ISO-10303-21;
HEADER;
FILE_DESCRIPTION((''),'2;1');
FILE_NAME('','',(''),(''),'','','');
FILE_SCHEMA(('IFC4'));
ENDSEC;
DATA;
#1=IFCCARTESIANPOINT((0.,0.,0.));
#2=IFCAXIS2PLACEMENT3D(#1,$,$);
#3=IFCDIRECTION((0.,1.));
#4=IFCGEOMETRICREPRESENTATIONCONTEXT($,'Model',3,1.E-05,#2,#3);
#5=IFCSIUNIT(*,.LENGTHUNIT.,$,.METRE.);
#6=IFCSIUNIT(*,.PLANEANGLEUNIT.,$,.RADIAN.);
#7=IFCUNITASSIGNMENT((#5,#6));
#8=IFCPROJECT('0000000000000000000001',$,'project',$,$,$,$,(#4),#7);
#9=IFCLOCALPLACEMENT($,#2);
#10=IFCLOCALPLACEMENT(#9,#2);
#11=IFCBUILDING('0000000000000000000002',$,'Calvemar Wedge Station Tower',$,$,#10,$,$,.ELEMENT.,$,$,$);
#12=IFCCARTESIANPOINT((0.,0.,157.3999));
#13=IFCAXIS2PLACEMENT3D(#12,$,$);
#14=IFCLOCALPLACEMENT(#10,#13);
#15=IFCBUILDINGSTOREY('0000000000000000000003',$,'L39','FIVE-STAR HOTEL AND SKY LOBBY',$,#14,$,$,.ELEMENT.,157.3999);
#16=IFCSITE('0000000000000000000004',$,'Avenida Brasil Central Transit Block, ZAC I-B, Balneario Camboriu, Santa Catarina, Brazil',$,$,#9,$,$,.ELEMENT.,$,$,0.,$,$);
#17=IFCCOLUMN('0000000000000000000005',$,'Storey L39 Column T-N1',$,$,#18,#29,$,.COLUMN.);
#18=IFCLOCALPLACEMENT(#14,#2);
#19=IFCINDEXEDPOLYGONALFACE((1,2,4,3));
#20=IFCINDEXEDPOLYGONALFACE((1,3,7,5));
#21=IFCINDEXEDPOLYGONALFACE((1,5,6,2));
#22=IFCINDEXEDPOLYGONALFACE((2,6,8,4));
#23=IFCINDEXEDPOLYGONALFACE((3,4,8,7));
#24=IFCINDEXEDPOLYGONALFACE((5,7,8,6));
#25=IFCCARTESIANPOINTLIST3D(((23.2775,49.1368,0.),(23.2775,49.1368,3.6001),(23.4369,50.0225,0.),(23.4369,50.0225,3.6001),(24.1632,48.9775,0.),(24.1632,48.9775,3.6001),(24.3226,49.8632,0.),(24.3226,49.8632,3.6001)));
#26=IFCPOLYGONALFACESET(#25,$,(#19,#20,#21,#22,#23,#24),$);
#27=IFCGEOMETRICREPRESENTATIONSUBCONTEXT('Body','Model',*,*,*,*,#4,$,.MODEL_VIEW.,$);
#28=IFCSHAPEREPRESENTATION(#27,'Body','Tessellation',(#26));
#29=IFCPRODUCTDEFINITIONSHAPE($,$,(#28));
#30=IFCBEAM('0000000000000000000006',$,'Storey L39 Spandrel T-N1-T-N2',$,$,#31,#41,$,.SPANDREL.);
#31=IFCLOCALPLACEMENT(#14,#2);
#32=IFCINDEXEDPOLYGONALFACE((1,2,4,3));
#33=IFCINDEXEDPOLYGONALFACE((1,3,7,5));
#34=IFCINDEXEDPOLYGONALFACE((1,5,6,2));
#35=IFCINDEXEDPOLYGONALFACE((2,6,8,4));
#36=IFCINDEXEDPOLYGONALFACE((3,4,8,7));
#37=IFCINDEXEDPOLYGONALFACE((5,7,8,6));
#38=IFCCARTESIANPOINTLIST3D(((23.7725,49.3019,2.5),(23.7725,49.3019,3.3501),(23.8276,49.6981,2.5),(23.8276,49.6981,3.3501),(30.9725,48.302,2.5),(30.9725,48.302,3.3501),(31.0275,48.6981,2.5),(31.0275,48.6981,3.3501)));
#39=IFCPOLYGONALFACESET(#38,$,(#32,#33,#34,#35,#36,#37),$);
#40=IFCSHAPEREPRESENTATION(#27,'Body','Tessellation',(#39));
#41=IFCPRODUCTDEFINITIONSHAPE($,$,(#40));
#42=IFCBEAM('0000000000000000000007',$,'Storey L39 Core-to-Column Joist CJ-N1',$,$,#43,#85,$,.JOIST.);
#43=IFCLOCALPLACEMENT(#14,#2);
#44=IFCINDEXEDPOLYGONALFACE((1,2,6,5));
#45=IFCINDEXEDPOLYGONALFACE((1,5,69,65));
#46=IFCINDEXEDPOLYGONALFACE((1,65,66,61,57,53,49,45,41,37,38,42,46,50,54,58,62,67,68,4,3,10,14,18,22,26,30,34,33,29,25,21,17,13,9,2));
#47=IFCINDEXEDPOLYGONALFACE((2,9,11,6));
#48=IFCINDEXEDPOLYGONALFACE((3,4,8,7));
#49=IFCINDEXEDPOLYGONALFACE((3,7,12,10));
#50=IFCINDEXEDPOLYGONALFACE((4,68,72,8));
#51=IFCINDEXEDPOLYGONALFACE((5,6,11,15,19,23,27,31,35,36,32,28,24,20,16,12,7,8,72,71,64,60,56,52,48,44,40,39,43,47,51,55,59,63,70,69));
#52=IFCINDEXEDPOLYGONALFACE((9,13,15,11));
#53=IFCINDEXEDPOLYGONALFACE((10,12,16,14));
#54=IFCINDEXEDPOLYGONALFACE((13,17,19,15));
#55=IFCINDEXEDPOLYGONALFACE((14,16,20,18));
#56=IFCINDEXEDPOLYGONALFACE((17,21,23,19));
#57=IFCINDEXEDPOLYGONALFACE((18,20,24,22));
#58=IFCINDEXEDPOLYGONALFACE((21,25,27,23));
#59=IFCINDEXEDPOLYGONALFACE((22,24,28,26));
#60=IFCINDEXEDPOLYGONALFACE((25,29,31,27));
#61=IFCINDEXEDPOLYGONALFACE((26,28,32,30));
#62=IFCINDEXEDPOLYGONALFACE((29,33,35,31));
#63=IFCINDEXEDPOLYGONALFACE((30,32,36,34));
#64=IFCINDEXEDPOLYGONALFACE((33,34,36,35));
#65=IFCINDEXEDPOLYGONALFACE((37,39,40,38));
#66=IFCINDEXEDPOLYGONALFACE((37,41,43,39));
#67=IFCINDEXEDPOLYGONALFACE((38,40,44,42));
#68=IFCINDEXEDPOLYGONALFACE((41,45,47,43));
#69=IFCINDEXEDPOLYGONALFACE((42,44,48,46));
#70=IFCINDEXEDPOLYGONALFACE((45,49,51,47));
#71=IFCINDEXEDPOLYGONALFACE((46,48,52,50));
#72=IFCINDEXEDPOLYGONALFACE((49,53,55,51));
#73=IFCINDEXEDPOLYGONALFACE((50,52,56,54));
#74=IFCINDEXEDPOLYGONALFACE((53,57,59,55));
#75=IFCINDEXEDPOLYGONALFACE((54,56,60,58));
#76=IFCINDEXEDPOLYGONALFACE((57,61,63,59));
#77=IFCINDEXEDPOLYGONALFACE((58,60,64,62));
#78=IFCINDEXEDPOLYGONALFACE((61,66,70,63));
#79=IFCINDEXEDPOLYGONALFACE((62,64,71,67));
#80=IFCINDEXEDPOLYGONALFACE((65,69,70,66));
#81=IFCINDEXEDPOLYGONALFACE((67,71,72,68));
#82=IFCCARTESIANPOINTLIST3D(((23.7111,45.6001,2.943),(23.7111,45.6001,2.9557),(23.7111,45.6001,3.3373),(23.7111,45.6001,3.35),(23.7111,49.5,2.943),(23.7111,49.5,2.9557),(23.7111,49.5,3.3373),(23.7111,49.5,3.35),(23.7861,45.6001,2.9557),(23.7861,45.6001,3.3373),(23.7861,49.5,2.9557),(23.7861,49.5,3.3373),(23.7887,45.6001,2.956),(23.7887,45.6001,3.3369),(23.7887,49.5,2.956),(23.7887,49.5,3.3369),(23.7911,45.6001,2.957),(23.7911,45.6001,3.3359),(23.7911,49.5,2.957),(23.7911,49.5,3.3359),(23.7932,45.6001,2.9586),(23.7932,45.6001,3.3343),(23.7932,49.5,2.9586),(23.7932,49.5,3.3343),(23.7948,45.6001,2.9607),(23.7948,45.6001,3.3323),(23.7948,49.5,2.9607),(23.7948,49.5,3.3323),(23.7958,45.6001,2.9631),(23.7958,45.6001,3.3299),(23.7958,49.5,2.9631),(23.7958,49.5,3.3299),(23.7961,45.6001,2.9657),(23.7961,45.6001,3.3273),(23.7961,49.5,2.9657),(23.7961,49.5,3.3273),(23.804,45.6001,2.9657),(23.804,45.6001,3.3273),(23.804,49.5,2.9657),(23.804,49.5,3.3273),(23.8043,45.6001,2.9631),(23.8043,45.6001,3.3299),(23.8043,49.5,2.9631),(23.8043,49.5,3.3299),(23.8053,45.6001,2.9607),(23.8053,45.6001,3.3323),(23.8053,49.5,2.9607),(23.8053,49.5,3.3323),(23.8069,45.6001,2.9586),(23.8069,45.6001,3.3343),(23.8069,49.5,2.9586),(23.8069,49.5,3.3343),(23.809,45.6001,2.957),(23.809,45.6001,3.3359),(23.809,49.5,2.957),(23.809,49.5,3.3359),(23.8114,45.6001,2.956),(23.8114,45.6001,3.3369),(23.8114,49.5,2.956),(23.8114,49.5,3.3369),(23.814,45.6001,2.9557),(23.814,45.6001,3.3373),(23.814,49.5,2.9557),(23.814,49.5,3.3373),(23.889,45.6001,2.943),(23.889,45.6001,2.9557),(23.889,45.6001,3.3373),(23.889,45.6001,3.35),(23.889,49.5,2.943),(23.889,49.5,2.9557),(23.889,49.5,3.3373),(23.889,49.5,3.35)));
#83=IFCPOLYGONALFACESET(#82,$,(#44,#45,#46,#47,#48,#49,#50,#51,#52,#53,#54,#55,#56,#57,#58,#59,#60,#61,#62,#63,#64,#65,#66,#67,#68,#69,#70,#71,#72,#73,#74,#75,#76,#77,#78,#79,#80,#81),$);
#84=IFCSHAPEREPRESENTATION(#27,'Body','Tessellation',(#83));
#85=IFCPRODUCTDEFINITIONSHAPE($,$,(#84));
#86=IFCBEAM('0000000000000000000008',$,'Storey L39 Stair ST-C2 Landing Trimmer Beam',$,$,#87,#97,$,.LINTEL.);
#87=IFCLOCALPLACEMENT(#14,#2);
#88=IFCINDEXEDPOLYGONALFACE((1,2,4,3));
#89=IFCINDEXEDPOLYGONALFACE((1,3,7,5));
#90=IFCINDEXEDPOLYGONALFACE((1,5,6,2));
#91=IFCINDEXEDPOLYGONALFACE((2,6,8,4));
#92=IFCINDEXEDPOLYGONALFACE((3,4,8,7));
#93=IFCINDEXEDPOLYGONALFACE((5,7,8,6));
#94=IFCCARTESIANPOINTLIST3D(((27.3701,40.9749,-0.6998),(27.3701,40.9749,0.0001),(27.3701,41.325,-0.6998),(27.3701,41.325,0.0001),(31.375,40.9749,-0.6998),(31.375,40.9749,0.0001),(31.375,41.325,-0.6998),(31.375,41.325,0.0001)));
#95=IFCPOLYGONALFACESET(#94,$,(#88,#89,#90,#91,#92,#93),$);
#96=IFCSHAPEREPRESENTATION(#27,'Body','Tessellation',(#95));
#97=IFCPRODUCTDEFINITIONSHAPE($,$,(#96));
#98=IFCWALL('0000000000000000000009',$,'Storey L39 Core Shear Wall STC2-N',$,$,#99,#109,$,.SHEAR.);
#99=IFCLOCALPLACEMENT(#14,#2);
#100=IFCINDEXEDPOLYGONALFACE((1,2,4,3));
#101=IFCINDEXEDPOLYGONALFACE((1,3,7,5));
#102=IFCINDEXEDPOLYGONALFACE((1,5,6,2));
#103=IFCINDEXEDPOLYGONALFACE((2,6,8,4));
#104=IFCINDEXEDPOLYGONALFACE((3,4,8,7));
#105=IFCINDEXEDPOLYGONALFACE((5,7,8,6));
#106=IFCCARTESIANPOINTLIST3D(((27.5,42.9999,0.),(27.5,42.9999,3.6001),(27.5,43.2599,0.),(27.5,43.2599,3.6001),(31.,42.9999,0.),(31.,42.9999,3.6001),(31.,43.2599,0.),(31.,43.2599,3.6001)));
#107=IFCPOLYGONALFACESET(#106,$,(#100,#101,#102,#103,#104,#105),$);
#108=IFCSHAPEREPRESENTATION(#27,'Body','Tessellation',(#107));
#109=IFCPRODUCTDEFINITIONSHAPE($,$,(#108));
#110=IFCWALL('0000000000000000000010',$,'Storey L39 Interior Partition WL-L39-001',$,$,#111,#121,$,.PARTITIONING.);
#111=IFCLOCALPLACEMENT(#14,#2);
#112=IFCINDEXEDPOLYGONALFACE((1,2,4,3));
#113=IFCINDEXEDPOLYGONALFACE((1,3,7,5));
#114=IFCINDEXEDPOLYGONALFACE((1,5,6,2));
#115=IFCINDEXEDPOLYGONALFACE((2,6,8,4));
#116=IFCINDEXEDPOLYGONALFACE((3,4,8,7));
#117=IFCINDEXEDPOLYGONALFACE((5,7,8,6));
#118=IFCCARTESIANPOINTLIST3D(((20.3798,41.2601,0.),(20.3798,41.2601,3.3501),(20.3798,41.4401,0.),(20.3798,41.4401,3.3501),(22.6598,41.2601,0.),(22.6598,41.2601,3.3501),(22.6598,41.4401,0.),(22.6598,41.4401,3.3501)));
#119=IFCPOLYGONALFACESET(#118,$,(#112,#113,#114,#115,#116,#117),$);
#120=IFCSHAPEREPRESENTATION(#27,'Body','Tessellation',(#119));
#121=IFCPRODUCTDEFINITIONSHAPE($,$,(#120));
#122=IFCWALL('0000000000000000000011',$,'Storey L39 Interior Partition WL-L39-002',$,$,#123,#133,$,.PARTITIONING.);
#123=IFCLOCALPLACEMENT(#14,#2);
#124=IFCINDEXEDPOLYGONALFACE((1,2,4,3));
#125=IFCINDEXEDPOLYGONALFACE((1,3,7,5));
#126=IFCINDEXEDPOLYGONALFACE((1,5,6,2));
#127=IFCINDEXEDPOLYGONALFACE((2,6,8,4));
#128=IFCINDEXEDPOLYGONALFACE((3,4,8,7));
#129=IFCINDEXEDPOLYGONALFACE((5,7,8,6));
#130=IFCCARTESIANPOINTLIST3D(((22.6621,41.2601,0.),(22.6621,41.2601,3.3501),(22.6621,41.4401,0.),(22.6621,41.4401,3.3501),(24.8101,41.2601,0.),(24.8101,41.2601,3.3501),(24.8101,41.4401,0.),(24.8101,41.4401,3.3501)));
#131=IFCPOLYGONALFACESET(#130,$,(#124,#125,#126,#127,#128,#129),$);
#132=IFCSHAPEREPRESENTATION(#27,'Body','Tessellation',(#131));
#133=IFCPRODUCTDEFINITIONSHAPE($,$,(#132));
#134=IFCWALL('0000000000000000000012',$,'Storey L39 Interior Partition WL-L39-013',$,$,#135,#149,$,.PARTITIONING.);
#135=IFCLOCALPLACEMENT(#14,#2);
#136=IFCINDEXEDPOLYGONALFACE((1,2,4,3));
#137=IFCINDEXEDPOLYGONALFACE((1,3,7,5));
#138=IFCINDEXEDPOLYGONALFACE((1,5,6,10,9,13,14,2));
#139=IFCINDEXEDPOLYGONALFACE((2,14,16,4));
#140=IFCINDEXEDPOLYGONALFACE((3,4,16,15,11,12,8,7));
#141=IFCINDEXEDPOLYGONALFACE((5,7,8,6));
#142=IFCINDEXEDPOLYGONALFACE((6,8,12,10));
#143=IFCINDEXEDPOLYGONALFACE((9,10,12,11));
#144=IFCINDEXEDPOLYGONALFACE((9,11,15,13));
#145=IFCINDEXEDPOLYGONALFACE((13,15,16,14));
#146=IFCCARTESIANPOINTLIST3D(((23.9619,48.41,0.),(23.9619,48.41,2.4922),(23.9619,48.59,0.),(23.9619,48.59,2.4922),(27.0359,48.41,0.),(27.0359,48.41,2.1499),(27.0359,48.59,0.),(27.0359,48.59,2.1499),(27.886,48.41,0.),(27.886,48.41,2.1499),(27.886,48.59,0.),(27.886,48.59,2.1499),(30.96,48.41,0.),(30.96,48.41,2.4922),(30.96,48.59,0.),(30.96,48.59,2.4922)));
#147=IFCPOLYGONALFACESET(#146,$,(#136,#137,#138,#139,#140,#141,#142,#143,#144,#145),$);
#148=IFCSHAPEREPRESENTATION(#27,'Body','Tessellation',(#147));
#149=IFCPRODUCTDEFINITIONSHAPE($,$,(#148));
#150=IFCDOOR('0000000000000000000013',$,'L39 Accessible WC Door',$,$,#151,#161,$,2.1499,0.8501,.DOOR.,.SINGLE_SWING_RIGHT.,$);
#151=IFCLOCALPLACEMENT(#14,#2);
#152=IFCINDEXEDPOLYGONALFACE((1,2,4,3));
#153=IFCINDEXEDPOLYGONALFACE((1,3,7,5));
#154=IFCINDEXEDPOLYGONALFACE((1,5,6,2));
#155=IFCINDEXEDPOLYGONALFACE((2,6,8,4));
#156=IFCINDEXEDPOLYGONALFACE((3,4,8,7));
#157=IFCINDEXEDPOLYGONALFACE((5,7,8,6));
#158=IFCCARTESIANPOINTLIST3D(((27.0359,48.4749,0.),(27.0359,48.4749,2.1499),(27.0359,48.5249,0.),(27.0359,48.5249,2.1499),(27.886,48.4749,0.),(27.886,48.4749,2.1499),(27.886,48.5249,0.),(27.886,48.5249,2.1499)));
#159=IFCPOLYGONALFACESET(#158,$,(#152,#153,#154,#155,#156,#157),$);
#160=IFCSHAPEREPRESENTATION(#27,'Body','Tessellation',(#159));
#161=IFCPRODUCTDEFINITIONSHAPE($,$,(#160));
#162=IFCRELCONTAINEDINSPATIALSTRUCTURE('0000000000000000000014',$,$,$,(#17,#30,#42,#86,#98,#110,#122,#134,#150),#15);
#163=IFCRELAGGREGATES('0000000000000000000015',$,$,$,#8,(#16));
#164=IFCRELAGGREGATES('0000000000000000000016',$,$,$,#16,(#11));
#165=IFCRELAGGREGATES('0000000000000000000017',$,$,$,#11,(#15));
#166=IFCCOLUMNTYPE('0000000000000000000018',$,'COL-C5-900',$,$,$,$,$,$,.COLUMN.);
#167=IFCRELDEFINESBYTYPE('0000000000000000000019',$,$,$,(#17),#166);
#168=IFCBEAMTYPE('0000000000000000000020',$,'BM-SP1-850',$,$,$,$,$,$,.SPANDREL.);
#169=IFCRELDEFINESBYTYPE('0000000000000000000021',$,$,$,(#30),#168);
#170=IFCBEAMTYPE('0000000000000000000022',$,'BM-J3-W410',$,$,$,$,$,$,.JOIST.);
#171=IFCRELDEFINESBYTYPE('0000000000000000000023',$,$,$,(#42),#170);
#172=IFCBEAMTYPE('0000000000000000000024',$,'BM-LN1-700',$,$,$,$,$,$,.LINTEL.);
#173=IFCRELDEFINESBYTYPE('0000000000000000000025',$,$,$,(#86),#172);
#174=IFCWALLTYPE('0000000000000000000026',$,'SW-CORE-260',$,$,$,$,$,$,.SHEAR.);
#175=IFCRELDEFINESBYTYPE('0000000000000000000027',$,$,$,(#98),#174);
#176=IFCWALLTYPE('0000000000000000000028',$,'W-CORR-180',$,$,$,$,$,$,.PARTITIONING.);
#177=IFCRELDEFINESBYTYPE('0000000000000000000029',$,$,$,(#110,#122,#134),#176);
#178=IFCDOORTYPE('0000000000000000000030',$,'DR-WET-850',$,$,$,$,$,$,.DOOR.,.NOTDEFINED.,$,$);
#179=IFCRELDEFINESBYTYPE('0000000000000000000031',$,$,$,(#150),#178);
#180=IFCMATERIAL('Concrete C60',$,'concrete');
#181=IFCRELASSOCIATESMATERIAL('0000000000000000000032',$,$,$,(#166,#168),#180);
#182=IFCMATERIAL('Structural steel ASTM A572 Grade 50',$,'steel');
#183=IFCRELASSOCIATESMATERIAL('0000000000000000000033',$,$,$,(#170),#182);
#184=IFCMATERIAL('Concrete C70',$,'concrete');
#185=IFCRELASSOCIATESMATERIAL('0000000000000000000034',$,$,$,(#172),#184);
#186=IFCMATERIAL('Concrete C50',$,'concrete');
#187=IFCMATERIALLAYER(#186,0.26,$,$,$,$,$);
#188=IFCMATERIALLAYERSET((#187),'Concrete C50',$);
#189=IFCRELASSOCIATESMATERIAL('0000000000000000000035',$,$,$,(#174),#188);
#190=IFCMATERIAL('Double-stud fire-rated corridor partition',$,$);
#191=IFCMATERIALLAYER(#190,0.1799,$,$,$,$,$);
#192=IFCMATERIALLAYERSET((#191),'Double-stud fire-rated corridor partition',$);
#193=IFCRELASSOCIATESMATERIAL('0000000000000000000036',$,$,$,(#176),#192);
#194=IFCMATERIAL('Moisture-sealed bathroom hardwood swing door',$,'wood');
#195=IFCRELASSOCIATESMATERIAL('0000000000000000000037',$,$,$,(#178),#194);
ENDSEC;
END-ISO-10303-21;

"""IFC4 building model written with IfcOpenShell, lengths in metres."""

from ifc_helpers import new_model, si_unit, direction, frame, frame_2d, origin, origin_2d, place, context, subcontext, project, spatial, rectangle, i_section, extrude, source, transform, mapped, material, layer, layer_set, material_profile, profile_set, type_object, element, fill, save


model = new_model("IFC4")

# Units and contexts
model_context = context("Model", 3, precision=1e-05, world=origin(), true_north=direction((0.0, 1.0)))
body_context = subcontext(model_context, "Body", "Model", "MODEL_VIEW")
ifc_project = project(units=[si_unit("LENGTHUNIT", "METRE"), si_unit("PLANEANGLEUNIT", "RADIAN")], contexts=[model_context])

# Site, building, storey
site_placement = place(None, origin())
site = spatial("IfcSite", under=ifc_project, at=site_placement, Name="Avenida Brasil Central Transit Block, ZAC I-B, Balneario Camboriu, Santa Catarina, Brazil", CompositionType="ELEMENT", RefElevation=0.0)
building_placement = place(site_placement, origin())
building = spatial("IfcBuilding", under=site, at=building_placement, Name="Calvemar Wedge Station Tower", CompositionType="ELEMENT")
storey_placement = place(building_placement, frame((0.0, 0.0, 157.3999)))
storey = spatial("IfcBuildingStorey", under=building, at=storey_placement, Name="L39", Description="FIVE-STAR HOTEL AND SKY LOBBY", CompositionType="ELEMENT", Elevation=157.3999)

# Column
ifc_material_1 = material(Name="Concrete C60", Category="concrete")
ifc_material_profile_1 = material_profile(ifc_material_1, rectangle(XDim=0.8999, YDim=0.8999, at=origin_2d()), Name="RC900x900")
ifc_profile_set_1 = profile_set([ifc_material_profile_1], Name="Concrete C60")
column_type = type_object("IfcColumnType", Name="COL-C5-900", PredefinedType="COLUMN", material=ifc_profile_set_1)
shared_shape_1 = source(origin(), body_context, "Body", "SweptSolid", [
    extrude(rectangle(XDim=0.8999, YDim=0.8999, at=origin_2d()), origin(), (0.0, 0.0, 1.0), 3.6001),
])
column_placement = place(storey_placement, frame((23.8, 49.5, 0.0), z_axis=(0.0, 0.0, 1.0), x_axis=(0.984196, -0.177085, 0.0)))
element("IfcColumn", 1, at=column_placement, inside=storey, type_object=column_type, Name="Storey L39 Column T-N1", PredefinedType="COLUMN", context=body_context, shape_type="MappedRepresentation", body=[
    mapped(shared_shape_1, transform((0.0, 0.0, 0.0), scale=1.0)),
])

# Beams
ifc_material_profile_2 = material_profile(ifc_material_1, rectangle(XDim=0.3999, YDim=0.8501, at=origin_2d()), Name="RC400x850")
ifc_profile_set_2 = profile_set([ifc_material_profile_2], Name="Concrete C60")
beam_type_1 = type_object("IfcBeamType", Name="BM-SP1-850", PredefinedType="SPANDREL", material=ifc_profile_set_2)
shared_shape_2 = source(origin(), body_context, "Body", "SweptSolid", [
    extrude(rectangle(XDim=0.3999, YDim=0.8501, at=origin_2d()), origin(), (0.0, 0.0, 1.0), 7.269),
])
beam_1_placement = place(storey_placement, frame((23.8, 49.5, 2.925), z_axis=(0.990492, -0.137569, 0.0), x_axis=(0.137569, 0.990492, 0.0)))
element("IfcBeam", 2, at=beam_1_placement, inside=storey, type_object=beam_type_1, Name="Storey L39 Spandrel T-N1-T-N2", PredefinedType="SPANDREL", context=body_context, shape_type="MappedRepresentation", body=[
    mapped(shared_shape_2, transform((0.0, 0.0, 0.0), scale=1.0)),
])
ifc_material_2 = material(Name="Structural steel ASTM A572 Grade 50", Category="steel")
ifc_material_profile_3 = material_profile(ifc_material_2, i_section(OverallWidth=0.178, OverallDepth=0.407, WebThickness=0.0078, FlangeThickness=0.0127, FilletRadius=0.01, at=origin_2d()), Name="W410x60")
ifc_profile_set_3 = profile_set([ifc_material_profile_3], Name="Structural steel ASTM A572 Grade 50")
beam_type_2 = type_object("IfcBeamType", Name="BM-J3-W410", PredefinedType="JOIST", material=ifc_profile_set_3)
shared_shape_3 = source(origin(), body_context, "Body", "SweptSolid", [
    extrude(i_section(OverallWidth=0.178, OverallDepth=0.407, WebThickness=0.0078, FlangeThickness=0.0127, FilletRadius=0.01, at=origin_2d()), origin(), (0.0, 0.0, 1.0), 3.8999),
])
beam_2_placement = place(storey_placement, frame((23.8, 45.6001, 3.1465), z_axis=(0.0, 1.0, 0.0), x_axis=(-1.0, 0.0, 0.0)))
element("IfcBeam", 3, at=beam_2_placement, inside=storey, type_object=beam_type_2, Name="Storey L39 Core-to-Column Joist CJ-N1", PredefinedType="JOIST", context=body_context, shape_type="MappedRepresentation", body=[
    mapped(shared_shape_3, transform((0.0, 0.0, 0.0), scale=1.0)),
])
ifc_material_3 = material(Name="Concrete C70", Category="concrete")
ifc_material_profile_4 = material_profile(ifc_material_3, rectangle(XDim=0.3501, YDim=0.7, at=origin_2d()), Name="RC350x700")
ifc_profile_set_4 = profile_set([ifc_material_profile_4], Name="Concrete C70")
beam_type_3 = type_object("IfcBeamType", Name="BM-LN1-700", PredefinedType="LINTEL", material=ifc_profile_set_4)
shared_shape_4 = source(origin(), body_context, "Body", "SweptSolid", [
    extrude(rectangle(XDim=0.3501, YDim=0.7, at=origin_2d()), origin(), (0.0, 0.0, 1.0), 4.0049),
])
beam_3_placement = place(storey_placement, frame((27.3701, 41.1499, -0.3499), z_axis=(1.0, 0.0, 0.0), x_axis=(0.0, 1.0, 0.0)))
element("IfcBeam", 4, at=beam_3_placement, inside=storey, type_object=beam_type_3, Name="Storey L39 Stair ST-C2 Landing Trimmer Beam", PredefinedType="LINTEL", context=body_context, shape_type="MappedRepresentation", body=[
    mapped(shared_shape_4, transform((0.0, 0.0, 0.0), scale=1.0)),
])

# Walls
ifc_material_4 = material(Name="Concrete C50", Category="concrete")
ifc_layer_1 = layer(ifc_material_4, 0.26)
ifc_layer_set_1 = layer_set([ifc_layer_1], Name="Concrete C50")
wall_type_1 = type_object("IfcWallType", Name="SW-CORE-260", PredefinedType="SHEAR", material=ifc_layer_set_1)
wall_1_placement = place(storey_placement, frame((27.5, 43.1299, 0.0), z_axis=(0.0, 0.0, 1.0), x_axis=(1.0, 0.0, 0.0)))
element("IfcWall", 5, at=wall_1_placement, inside=storey, type_object=wall_type_1, Name="Storey L39 Core Shear Wall STC2-N", PredefinedType="SHEAR", context=body_context, shape_type="SweptSolid", body=[
    extrude(rectangle(XDim=3.5, YDim=0.26, at=frame_2d((1.75, 0.0))), origin(), (0.0, 0.0, 1.0), 3.6001),
])
ifc_material_5 = material(Name="Double-stud fire-rated corridor partition")
ifc_layer_2 = layer(ifc_material_5, 0.1799)
ifc_layer_set_2 = layer_set([ifc_layer_2], Name="Double-stud fire-rated corridor partition")
wall_type_2 = type_object("IfcWallType", Name="W-CORR-180", PredefinedType="PARTITIONING", material=ifc_layer_set_2)
wall_2_placement = place(storey_placement, frame((22.6599, 41.3501, 0.0), z_axis=(0.0, 0.0, 1.0), x_axis=(-1.0, 0.0, 0.0)))
element("IfcWall", 6, at=wall_2_placement, inside=storey, type_object=wall_type_2, Name="Storey L39 Interior Partition WL-L39-001", PredefinedType="PARTITIONING", context=body_context, shape_type="SweptSolid", body=[
    extrude(rectangle(XDim=2.28, YDim=0.1799, at=frame_2d((1.1401, 0.0))), origin(), (0.0, 0.0, 1.0), 3.3501),
])
wall_3_placement = place(storey_placement, frame((24.8101, 41.3501, 0.0), z_axis=(0.0, 0.0, 1.0), x_axis=(-1.0, 0.0, 0.0)))
element("IfcWall", 7, at=wall_3_placement, inside=storey, type_object=wall_type_2, Name="Storey L39 Interior Partition WL-L39-002", PredefinedType="PARTITIONING", context=body_context, shape_type="SweptSolid", body=[
    extrude(rectangle(XDim=2.1479, YDim=0.1799, at=frame_2d((1.074, 0.0))), origin(), (0.0, 0.0, 1.0), 3.3501),
])

# Wall, opening, door
shared_shape_5 = source(origin(), body_context, "Body", "SweptSolid", [
    extrude(rectangle(XDim=0.8501, YDim=2.1499, at=frame_2d((0.425, 1.075))), frame((0.0, 0.1001, 0.0), z_axis=(0.0, -1.0, 0.0), x_axis=(1.0, 0.0, 0.0)), (0.0, 0.0, 1.0), 0.2),
])
wall_4_placement = place(storey_placement, frame((23.9619, 48.5, 0.0), z_axis=(0.0, 0.0, 1.0), x_axis=(1.0, 0.0, 0.0)))
wall_4 = element("IfcWall", 8, at=wall_4_placement, inside=storey, type_object=wall_type_2, Name="Storey L39 Interior Partition WL-L39-013", PredefinedType="PARTITIONING", context=body_context, shape_type="SweptSolid", body=[
    extrude(rectangle(XDim=6.998, YDim=0.1799, at=frame_2d((3.499, 0.0))), origin(), (0.0, 0.0, 1.0), 2.4922),
])
opening_1_placement = place(wall_4_placement, frame((3.074, 0.0, 0.0)))
opening_1 = element("IfcOpeningElement", 9, at=opening_1_placement, cuts=wall_4, PredefinedType="OPENING", context=body_context, shape_type="MappedRepresentation", body=[
    mapped(shared_shape_5, transform((0.0, 0.0, 0.0), scale=1.0)),
])
ifc_material_6 = material(Name="Moisture-sealed bathroom hardwood swing door", Category="wood")
door_type_1 = type_object("IfcDoorType", Name="DR-WET-850", OperationType="NOTDEFINED", PredefinedType="DOOR", material=ifc_material_6)
shared_shape_6 = source(origin(), body_context, "Body", "SweptSolid", [
    extrude(rectangle(XDim=0.8501, YDim=2.1499, at=frame_2d((0.425, 1.075))), frame((0.0, 0.0249, 0.0), z_axis=(0.0, -1.0, 0.0), x_axis=(1.0, 0.0, 0.0)), (0.0, 0.0, 1.0), 0.05),
])
door_1_placement = place(opening_1_placement, origin())
door_1 = element("IfcDoor", 10, at=door_1_placement, inside=storey, type_object=door_type_1, Name="L39 Accessible WC Door", OperationType="SINGLE_SWING_RIGHT", OverallHeight=2.1499, OverallWidth=0.8501, PredefinedType="DOOR", context=body_context, shape_type="MappedRepresentation", body=[
    mapped(shared_shape_6, transform((0.0, 0.0, 0.0), scale=1.0)),
])
fill(opening_1, door_1)

save(model, "model.ifc")
